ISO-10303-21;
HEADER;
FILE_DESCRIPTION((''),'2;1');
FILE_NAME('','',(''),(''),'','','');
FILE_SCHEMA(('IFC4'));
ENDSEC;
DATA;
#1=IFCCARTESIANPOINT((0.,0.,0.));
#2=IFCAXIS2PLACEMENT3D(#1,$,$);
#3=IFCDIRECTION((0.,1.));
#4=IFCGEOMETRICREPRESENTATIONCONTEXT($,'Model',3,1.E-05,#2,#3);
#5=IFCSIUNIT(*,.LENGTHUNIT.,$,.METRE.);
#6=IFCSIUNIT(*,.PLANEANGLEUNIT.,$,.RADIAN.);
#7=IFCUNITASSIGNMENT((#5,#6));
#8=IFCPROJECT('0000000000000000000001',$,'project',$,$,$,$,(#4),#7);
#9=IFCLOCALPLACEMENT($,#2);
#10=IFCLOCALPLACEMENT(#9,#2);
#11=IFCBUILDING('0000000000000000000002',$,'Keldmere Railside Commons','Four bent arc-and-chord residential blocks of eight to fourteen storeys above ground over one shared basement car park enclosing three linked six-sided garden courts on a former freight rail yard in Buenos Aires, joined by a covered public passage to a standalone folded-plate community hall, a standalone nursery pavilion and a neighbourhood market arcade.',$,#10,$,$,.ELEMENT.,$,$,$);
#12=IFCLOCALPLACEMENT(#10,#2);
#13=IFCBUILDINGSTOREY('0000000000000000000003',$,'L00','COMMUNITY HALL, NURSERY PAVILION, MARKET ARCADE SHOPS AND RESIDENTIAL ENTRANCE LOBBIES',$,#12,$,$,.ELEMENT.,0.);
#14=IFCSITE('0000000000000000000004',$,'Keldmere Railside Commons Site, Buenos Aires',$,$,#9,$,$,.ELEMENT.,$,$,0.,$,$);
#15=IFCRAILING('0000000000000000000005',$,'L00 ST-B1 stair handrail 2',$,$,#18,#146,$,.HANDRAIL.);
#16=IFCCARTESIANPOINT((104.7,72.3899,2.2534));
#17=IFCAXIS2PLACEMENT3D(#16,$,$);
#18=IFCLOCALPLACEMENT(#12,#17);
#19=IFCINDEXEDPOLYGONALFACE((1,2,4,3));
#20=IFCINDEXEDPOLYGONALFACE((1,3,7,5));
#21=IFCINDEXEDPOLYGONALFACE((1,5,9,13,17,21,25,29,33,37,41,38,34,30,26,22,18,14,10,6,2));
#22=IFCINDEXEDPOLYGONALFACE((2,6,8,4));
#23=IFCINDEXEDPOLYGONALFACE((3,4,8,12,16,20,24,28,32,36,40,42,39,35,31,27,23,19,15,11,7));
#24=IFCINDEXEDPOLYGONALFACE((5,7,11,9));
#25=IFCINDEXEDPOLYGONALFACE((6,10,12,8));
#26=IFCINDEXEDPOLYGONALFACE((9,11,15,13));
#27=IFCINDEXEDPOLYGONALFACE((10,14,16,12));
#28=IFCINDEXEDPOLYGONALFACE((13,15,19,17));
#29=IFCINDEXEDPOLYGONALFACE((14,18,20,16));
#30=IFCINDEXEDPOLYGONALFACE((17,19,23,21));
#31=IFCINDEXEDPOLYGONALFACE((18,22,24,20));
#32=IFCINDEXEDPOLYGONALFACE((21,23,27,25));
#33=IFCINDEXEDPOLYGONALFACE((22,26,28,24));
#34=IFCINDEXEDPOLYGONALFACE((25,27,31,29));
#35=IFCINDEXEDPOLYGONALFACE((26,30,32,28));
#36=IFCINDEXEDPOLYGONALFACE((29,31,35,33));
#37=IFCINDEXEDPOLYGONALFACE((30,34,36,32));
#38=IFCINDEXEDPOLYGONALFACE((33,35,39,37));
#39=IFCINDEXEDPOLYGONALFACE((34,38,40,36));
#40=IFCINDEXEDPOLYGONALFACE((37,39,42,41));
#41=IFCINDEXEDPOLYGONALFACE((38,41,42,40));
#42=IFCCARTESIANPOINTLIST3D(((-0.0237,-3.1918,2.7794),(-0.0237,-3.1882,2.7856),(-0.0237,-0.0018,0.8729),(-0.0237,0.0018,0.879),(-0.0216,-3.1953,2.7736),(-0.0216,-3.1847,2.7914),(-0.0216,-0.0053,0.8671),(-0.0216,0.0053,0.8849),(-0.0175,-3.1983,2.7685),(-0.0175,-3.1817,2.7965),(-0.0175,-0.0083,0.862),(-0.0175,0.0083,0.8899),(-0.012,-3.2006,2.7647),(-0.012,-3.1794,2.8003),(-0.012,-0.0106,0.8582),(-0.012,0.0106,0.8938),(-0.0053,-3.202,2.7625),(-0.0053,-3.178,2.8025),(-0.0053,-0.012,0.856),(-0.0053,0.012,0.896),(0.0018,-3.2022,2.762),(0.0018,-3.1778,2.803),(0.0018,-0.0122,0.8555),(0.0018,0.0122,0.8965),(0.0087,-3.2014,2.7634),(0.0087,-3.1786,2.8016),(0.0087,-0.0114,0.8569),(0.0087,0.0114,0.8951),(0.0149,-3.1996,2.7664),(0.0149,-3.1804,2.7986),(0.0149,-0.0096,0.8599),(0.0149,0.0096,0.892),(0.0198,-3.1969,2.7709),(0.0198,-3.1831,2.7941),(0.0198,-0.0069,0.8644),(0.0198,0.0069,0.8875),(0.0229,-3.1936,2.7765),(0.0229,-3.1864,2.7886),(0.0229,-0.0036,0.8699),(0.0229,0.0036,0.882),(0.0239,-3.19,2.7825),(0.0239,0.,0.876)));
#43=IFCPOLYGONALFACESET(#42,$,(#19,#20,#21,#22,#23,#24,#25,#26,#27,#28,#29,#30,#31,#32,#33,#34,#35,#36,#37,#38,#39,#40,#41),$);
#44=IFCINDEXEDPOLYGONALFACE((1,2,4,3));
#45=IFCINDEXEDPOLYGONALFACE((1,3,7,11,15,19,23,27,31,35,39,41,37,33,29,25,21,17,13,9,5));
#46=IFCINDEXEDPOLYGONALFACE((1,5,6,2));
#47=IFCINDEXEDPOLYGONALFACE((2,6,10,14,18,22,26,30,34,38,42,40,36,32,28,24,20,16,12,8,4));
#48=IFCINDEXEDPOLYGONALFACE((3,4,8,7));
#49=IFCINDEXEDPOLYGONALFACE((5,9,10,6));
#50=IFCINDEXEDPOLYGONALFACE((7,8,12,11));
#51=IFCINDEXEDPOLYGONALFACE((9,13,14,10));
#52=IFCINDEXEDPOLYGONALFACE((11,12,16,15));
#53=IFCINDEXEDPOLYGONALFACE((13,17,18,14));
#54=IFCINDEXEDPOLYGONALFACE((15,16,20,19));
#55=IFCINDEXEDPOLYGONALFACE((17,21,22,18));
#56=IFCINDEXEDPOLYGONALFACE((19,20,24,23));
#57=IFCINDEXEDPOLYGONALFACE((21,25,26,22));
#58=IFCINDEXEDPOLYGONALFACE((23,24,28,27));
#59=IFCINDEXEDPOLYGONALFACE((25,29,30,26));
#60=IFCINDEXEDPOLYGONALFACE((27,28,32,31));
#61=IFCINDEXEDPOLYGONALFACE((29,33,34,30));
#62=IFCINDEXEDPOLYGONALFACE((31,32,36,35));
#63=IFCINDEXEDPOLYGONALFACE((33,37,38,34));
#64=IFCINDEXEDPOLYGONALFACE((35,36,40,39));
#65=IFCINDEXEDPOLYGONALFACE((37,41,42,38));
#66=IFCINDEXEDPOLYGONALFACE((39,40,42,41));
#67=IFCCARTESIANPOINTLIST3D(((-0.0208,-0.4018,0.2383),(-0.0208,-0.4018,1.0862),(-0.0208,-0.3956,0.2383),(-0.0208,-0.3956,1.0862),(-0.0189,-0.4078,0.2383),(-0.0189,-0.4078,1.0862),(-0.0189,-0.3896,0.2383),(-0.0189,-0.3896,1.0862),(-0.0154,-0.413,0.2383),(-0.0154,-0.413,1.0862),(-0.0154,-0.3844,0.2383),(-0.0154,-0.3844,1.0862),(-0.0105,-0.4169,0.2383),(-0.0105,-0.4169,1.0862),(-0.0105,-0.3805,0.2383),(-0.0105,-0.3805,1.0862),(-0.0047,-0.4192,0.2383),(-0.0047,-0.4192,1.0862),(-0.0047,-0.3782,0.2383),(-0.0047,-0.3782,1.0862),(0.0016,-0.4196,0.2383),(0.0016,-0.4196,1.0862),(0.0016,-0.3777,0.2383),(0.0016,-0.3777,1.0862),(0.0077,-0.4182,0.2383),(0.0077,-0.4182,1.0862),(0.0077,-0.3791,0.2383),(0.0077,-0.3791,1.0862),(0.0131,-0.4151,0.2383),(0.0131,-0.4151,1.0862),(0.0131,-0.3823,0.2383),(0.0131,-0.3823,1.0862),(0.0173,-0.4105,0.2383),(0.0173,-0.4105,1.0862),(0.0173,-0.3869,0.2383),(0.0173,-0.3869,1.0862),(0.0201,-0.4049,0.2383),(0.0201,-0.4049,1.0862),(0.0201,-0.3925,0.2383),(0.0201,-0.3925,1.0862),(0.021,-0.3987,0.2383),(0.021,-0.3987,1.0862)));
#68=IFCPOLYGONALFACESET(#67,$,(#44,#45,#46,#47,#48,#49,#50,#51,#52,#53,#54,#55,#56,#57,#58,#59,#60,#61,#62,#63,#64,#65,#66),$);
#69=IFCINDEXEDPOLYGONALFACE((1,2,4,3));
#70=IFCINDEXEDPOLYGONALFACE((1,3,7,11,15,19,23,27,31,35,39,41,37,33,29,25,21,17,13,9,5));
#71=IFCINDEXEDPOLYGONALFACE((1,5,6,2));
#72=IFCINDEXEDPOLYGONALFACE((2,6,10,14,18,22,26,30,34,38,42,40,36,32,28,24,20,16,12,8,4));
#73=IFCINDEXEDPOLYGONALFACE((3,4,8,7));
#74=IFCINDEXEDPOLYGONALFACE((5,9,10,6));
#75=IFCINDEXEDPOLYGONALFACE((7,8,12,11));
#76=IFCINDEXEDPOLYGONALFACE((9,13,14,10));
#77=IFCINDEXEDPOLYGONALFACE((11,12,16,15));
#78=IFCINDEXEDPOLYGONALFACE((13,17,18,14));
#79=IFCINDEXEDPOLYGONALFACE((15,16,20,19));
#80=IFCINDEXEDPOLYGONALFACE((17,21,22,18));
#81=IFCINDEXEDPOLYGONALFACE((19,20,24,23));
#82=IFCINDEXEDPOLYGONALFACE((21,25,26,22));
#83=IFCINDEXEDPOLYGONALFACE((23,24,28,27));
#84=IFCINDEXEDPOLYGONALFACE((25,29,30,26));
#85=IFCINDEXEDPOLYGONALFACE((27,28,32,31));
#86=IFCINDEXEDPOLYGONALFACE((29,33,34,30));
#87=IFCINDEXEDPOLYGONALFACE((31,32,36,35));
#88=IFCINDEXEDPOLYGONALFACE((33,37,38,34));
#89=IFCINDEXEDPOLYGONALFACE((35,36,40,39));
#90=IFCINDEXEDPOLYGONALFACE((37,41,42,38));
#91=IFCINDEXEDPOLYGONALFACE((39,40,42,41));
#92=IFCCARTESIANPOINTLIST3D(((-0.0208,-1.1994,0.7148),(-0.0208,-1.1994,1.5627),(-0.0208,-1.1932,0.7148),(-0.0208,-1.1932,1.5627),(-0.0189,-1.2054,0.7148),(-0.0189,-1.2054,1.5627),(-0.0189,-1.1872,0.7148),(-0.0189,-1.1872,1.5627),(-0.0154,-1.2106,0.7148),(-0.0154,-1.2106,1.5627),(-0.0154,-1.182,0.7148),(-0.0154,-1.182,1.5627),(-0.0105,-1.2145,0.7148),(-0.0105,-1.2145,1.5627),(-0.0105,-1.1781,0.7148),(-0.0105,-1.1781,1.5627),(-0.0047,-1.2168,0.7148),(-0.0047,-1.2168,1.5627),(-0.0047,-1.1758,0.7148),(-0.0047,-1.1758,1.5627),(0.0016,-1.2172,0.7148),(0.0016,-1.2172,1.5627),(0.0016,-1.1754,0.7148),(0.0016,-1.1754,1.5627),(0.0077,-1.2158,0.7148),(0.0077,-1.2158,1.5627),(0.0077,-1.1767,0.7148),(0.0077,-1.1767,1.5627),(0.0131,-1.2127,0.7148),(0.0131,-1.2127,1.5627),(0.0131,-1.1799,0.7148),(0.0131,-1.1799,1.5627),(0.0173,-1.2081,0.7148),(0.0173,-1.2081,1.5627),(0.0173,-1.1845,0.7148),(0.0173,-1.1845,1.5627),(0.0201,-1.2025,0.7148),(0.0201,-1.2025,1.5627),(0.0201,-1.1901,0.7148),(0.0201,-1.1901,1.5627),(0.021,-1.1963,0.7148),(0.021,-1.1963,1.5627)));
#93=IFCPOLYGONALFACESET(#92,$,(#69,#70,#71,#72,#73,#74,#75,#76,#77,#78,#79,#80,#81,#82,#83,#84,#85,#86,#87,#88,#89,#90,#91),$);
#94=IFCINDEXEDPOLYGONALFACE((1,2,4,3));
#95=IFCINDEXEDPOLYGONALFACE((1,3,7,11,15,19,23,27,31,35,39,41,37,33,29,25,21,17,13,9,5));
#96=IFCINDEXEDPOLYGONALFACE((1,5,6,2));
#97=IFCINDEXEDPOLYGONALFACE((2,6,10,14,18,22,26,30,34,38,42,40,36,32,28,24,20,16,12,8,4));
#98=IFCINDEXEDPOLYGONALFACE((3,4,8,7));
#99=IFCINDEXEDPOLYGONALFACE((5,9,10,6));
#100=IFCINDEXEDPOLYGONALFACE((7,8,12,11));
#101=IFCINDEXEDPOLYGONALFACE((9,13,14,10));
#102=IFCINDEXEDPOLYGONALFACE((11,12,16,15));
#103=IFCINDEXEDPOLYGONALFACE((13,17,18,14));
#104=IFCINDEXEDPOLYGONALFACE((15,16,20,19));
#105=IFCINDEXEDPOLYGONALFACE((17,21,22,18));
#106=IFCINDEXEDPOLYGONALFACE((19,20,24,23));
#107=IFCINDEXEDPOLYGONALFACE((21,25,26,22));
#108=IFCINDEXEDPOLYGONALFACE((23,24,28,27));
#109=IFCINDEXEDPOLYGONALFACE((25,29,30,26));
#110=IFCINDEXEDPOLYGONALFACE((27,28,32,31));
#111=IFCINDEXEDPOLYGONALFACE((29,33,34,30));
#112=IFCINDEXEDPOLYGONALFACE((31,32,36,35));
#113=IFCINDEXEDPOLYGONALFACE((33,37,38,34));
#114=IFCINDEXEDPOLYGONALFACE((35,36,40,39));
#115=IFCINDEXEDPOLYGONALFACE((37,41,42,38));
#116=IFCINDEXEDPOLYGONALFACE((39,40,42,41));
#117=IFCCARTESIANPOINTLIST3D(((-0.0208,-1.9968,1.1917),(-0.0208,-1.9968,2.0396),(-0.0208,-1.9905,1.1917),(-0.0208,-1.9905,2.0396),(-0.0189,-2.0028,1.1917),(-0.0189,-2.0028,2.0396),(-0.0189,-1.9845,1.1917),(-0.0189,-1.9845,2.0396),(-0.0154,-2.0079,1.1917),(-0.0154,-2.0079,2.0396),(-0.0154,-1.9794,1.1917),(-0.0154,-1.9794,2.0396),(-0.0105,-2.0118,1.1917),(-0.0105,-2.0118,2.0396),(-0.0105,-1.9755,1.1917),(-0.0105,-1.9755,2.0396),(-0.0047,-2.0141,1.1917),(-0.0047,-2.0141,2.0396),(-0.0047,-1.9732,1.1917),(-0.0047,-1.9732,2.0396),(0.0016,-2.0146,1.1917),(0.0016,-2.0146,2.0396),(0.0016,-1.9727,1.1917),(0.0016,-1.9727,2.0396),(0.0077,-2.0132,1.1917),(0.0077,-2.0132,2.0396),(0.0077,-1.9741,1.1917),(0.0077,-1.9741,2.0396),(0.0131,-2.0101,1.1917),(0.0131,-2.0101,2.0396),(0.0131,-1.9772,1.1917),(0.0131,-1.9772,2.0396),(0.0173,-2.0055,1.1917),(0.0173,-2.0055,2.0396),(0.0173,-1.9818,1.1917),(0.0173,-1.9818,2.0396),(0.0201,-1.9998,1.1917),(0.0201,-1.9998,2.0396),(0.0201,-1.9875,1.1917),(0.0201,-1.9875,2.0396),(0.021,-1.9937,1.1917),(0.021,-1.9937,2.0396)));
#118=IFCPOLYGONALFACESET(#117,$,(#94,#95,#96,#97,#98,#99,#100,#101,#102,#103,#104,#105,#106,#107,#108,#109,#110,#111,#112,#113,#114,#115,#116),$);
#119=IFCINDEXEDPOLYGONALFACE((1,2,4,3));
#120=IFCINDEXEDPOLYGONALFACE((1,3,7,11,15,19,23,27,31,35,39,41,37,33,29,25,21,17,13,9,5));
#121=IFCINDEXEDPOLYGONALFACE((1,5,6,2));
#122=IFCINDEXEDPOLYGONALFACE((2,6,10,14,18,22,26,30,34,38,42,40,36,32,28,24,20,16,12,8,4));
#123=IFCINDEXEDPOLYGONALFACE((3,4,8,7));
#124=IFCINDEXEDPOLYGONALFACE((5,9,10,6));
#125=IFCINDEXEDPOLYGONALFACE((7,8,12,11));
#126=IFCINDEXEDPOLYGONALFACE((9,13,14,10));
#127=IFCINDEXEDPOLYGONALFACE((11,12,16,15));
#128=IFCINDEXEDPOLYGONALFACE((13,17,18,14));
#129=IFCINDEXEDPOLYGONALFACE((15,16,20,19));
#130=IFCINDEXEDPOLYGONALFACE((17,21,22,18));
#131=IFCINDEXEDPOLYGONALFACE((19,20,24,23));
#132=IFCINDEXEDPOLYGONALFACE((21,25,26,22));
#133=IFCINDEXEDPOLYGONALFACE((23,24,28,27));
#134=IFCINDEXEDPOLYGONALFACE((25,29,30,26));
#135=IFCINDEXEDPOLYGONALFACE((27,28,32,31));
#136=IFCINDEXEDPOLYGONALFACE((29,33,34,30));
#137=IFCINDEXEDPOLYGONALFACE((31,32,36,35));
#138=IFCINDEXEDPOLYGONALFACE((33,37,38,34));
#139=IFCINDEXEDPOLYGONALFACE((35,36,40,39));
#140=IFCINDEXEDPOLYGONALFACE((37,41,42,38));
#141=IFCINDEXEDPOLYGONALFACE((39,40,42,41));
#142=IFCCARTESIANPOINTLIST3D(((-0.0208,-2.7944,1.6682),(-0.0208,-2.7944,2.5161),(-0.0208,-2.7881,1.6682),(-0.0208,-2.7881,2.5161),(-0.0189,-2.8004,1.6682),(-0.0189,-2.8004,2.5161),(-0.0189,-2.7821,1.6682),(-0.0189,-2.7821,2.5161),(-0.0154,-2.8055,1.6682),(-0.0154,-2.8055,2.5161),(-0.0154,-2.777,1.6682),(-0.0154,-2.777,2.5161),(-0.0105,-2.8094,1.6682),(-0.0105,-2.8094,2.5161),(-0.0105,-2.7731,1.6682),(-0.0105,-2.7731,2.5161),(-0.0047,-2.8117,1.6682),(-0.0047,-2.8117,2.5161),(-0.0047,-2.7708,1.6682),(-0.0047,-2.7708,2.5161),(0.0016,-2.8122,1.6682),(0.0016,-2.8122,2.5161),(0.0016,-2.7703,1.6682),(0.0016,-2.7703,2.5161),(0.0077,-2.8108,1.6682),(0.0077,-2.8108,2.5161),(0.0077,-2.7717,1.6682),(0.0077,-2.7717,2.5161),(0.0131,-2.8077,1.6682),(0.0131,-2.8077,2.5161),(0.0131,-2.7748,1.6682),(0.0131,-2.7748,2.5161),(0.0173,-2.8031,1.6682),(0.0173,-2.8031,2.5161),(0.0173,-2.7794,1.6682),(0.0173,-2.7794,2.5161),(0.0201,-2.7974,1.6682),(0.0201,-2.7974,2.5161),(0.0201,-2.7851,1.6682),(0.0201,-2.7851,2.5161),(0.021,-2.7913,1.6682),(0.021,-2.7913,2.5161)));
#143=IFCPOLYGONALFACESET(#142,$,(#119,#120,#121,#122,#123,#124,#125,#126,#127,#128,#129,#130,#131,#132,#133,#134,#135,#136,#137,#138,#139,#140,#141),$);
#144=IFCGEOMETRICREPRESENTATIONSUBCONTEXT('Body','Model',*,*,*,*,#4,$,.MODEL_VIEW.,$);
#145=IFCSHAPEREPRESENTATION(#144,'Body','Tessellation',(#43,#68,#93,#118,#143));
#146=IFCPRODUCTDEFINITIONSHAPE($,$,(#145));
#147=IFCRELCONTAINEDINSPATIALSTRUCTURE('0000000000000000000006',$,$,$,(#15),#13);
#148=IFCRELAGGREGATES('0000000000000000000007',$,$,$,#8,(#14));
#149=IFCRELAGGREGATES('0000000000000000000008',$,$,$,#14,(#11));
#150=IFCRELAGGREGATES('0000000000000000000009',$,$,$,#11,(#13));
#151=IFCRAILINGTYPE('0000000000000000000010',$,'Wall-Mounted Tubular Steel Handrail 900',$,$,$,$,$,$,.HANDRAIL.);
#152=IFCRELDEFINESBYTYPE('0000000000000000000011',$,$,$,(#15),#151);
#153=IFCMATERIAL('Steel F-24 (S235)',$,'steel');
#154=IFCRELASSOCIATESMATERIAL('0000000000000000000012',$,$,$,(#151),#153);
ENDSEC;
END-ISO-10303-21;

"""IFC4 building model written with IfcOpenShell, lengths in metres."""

from ifc_helpers import new_model, si_unit, direction, frame, origin, origin_2d, place, context, subcontext, project, spatial, circle, extrude, material, type_object, element, save


model = new_model("IFC4")

# Units and contexts
model_context = context("Model", 3, precision=1e-05, world=origin(), true_north=direction((0.0, 1.0)))
body_context = subcontext(model_context, "Body", "Model", "MODEL_VIEW")
ifc_project = project(units=[si_unit("LENGTHUNIT", "METRE"), si_unit("PLANEANGLEUNIT", "RADIAN")], contexts=[model_context])

# Site, building, storey
site_placement = place(None, origin())
site = spatial("IfcSite", under=ifc_project, at=site_placement, Name="Keldmere Railside Commons Site, Buenos Aires", CompositionType="ELEMENT", RefElevation=0.0)
building_placement = place(site_placement, origin())
building = spatial("IfcBuilding", under=site, at=building_placement, Name="Keldmere Railside Commons", Description="Four bent arc-and-chord residential blocks of eight to fourteen storeys above ground over one shared basement car park enclosing three linked six-sided garden courts on a former freight rail yard in Buenos Aires, joined by a covered public passage to a standalone folded-plate community hall, a standalone nursery pavilion and a neighbourhood market arcade.", CompositionType="ELEMENT")
storey_placement = place(building_placement, origin())
storey = spatial("IfcBuildingStorey", under=building, at=storey_placement, Name="L00", Description="COMMUNITY HALL, NURSERY PAVILION, MARKET ARCADE SHOPS AND RESIDENTIAL ENTRANCE LOBBIES", CompositionType="ELEMENT", Elevation=0.0)

# Shared definitions
ifc_material_1 = material(Name="Steel F-24 (S235)", Category="steel")

# Railing
railing_type_1 = type_object("IfcRailingType", Name="Wall-Mounted Tubular Steel Handrail 900", PredefinedType="HANDRAIL", material=ifc_material_1)
railing_1_placement = place(storey_placement, frame((104.7, 72.3899, 2.2534)))
element("IfcRailing", 1, at=railing_1_placement, inside=storey, type_object=railing_type_1, Name="L00 ST-B1 stair handrail 2", PredefinedType="HANDRAIL", context=body_context, shape_type="SweptSolid", body=[
    extrude(circle(Radius=0.0239, at=origin_2d()), frame((0.0, 0.0, 0.876), z_axis=(0.0, -0.858379, 0.513017), x_axis=(1.0, 0.0, 0.0)), (0.0, 0.0, 1.0), 3.7163),
    extrude(circle(Radius=0.021, at=origin_2d()), frame((0.0, -0.3987, 0.2383)), (0.0, 0.0, 1.0), 0.8479),
    extrude(circle(Radius=0.021, at=origin_2d()), frame((0.0, -1.1963, 0.7148)), (0.0, 0.0, 1.0), 0.8479),
    extrude(circle(Radius=0.021, at=origin_2d()), frame((0.0, -1.9937, 1.1917)), (0.0, 0.0, 1.0), 0.8479),
    extrude(circle(Radius=0.021, at=origin_2d()), frame((0.0, -2.7913, 1.6682)), (0.0, 0.0, 1.0), 0.8479),
])

save(model, "model.ifc")
